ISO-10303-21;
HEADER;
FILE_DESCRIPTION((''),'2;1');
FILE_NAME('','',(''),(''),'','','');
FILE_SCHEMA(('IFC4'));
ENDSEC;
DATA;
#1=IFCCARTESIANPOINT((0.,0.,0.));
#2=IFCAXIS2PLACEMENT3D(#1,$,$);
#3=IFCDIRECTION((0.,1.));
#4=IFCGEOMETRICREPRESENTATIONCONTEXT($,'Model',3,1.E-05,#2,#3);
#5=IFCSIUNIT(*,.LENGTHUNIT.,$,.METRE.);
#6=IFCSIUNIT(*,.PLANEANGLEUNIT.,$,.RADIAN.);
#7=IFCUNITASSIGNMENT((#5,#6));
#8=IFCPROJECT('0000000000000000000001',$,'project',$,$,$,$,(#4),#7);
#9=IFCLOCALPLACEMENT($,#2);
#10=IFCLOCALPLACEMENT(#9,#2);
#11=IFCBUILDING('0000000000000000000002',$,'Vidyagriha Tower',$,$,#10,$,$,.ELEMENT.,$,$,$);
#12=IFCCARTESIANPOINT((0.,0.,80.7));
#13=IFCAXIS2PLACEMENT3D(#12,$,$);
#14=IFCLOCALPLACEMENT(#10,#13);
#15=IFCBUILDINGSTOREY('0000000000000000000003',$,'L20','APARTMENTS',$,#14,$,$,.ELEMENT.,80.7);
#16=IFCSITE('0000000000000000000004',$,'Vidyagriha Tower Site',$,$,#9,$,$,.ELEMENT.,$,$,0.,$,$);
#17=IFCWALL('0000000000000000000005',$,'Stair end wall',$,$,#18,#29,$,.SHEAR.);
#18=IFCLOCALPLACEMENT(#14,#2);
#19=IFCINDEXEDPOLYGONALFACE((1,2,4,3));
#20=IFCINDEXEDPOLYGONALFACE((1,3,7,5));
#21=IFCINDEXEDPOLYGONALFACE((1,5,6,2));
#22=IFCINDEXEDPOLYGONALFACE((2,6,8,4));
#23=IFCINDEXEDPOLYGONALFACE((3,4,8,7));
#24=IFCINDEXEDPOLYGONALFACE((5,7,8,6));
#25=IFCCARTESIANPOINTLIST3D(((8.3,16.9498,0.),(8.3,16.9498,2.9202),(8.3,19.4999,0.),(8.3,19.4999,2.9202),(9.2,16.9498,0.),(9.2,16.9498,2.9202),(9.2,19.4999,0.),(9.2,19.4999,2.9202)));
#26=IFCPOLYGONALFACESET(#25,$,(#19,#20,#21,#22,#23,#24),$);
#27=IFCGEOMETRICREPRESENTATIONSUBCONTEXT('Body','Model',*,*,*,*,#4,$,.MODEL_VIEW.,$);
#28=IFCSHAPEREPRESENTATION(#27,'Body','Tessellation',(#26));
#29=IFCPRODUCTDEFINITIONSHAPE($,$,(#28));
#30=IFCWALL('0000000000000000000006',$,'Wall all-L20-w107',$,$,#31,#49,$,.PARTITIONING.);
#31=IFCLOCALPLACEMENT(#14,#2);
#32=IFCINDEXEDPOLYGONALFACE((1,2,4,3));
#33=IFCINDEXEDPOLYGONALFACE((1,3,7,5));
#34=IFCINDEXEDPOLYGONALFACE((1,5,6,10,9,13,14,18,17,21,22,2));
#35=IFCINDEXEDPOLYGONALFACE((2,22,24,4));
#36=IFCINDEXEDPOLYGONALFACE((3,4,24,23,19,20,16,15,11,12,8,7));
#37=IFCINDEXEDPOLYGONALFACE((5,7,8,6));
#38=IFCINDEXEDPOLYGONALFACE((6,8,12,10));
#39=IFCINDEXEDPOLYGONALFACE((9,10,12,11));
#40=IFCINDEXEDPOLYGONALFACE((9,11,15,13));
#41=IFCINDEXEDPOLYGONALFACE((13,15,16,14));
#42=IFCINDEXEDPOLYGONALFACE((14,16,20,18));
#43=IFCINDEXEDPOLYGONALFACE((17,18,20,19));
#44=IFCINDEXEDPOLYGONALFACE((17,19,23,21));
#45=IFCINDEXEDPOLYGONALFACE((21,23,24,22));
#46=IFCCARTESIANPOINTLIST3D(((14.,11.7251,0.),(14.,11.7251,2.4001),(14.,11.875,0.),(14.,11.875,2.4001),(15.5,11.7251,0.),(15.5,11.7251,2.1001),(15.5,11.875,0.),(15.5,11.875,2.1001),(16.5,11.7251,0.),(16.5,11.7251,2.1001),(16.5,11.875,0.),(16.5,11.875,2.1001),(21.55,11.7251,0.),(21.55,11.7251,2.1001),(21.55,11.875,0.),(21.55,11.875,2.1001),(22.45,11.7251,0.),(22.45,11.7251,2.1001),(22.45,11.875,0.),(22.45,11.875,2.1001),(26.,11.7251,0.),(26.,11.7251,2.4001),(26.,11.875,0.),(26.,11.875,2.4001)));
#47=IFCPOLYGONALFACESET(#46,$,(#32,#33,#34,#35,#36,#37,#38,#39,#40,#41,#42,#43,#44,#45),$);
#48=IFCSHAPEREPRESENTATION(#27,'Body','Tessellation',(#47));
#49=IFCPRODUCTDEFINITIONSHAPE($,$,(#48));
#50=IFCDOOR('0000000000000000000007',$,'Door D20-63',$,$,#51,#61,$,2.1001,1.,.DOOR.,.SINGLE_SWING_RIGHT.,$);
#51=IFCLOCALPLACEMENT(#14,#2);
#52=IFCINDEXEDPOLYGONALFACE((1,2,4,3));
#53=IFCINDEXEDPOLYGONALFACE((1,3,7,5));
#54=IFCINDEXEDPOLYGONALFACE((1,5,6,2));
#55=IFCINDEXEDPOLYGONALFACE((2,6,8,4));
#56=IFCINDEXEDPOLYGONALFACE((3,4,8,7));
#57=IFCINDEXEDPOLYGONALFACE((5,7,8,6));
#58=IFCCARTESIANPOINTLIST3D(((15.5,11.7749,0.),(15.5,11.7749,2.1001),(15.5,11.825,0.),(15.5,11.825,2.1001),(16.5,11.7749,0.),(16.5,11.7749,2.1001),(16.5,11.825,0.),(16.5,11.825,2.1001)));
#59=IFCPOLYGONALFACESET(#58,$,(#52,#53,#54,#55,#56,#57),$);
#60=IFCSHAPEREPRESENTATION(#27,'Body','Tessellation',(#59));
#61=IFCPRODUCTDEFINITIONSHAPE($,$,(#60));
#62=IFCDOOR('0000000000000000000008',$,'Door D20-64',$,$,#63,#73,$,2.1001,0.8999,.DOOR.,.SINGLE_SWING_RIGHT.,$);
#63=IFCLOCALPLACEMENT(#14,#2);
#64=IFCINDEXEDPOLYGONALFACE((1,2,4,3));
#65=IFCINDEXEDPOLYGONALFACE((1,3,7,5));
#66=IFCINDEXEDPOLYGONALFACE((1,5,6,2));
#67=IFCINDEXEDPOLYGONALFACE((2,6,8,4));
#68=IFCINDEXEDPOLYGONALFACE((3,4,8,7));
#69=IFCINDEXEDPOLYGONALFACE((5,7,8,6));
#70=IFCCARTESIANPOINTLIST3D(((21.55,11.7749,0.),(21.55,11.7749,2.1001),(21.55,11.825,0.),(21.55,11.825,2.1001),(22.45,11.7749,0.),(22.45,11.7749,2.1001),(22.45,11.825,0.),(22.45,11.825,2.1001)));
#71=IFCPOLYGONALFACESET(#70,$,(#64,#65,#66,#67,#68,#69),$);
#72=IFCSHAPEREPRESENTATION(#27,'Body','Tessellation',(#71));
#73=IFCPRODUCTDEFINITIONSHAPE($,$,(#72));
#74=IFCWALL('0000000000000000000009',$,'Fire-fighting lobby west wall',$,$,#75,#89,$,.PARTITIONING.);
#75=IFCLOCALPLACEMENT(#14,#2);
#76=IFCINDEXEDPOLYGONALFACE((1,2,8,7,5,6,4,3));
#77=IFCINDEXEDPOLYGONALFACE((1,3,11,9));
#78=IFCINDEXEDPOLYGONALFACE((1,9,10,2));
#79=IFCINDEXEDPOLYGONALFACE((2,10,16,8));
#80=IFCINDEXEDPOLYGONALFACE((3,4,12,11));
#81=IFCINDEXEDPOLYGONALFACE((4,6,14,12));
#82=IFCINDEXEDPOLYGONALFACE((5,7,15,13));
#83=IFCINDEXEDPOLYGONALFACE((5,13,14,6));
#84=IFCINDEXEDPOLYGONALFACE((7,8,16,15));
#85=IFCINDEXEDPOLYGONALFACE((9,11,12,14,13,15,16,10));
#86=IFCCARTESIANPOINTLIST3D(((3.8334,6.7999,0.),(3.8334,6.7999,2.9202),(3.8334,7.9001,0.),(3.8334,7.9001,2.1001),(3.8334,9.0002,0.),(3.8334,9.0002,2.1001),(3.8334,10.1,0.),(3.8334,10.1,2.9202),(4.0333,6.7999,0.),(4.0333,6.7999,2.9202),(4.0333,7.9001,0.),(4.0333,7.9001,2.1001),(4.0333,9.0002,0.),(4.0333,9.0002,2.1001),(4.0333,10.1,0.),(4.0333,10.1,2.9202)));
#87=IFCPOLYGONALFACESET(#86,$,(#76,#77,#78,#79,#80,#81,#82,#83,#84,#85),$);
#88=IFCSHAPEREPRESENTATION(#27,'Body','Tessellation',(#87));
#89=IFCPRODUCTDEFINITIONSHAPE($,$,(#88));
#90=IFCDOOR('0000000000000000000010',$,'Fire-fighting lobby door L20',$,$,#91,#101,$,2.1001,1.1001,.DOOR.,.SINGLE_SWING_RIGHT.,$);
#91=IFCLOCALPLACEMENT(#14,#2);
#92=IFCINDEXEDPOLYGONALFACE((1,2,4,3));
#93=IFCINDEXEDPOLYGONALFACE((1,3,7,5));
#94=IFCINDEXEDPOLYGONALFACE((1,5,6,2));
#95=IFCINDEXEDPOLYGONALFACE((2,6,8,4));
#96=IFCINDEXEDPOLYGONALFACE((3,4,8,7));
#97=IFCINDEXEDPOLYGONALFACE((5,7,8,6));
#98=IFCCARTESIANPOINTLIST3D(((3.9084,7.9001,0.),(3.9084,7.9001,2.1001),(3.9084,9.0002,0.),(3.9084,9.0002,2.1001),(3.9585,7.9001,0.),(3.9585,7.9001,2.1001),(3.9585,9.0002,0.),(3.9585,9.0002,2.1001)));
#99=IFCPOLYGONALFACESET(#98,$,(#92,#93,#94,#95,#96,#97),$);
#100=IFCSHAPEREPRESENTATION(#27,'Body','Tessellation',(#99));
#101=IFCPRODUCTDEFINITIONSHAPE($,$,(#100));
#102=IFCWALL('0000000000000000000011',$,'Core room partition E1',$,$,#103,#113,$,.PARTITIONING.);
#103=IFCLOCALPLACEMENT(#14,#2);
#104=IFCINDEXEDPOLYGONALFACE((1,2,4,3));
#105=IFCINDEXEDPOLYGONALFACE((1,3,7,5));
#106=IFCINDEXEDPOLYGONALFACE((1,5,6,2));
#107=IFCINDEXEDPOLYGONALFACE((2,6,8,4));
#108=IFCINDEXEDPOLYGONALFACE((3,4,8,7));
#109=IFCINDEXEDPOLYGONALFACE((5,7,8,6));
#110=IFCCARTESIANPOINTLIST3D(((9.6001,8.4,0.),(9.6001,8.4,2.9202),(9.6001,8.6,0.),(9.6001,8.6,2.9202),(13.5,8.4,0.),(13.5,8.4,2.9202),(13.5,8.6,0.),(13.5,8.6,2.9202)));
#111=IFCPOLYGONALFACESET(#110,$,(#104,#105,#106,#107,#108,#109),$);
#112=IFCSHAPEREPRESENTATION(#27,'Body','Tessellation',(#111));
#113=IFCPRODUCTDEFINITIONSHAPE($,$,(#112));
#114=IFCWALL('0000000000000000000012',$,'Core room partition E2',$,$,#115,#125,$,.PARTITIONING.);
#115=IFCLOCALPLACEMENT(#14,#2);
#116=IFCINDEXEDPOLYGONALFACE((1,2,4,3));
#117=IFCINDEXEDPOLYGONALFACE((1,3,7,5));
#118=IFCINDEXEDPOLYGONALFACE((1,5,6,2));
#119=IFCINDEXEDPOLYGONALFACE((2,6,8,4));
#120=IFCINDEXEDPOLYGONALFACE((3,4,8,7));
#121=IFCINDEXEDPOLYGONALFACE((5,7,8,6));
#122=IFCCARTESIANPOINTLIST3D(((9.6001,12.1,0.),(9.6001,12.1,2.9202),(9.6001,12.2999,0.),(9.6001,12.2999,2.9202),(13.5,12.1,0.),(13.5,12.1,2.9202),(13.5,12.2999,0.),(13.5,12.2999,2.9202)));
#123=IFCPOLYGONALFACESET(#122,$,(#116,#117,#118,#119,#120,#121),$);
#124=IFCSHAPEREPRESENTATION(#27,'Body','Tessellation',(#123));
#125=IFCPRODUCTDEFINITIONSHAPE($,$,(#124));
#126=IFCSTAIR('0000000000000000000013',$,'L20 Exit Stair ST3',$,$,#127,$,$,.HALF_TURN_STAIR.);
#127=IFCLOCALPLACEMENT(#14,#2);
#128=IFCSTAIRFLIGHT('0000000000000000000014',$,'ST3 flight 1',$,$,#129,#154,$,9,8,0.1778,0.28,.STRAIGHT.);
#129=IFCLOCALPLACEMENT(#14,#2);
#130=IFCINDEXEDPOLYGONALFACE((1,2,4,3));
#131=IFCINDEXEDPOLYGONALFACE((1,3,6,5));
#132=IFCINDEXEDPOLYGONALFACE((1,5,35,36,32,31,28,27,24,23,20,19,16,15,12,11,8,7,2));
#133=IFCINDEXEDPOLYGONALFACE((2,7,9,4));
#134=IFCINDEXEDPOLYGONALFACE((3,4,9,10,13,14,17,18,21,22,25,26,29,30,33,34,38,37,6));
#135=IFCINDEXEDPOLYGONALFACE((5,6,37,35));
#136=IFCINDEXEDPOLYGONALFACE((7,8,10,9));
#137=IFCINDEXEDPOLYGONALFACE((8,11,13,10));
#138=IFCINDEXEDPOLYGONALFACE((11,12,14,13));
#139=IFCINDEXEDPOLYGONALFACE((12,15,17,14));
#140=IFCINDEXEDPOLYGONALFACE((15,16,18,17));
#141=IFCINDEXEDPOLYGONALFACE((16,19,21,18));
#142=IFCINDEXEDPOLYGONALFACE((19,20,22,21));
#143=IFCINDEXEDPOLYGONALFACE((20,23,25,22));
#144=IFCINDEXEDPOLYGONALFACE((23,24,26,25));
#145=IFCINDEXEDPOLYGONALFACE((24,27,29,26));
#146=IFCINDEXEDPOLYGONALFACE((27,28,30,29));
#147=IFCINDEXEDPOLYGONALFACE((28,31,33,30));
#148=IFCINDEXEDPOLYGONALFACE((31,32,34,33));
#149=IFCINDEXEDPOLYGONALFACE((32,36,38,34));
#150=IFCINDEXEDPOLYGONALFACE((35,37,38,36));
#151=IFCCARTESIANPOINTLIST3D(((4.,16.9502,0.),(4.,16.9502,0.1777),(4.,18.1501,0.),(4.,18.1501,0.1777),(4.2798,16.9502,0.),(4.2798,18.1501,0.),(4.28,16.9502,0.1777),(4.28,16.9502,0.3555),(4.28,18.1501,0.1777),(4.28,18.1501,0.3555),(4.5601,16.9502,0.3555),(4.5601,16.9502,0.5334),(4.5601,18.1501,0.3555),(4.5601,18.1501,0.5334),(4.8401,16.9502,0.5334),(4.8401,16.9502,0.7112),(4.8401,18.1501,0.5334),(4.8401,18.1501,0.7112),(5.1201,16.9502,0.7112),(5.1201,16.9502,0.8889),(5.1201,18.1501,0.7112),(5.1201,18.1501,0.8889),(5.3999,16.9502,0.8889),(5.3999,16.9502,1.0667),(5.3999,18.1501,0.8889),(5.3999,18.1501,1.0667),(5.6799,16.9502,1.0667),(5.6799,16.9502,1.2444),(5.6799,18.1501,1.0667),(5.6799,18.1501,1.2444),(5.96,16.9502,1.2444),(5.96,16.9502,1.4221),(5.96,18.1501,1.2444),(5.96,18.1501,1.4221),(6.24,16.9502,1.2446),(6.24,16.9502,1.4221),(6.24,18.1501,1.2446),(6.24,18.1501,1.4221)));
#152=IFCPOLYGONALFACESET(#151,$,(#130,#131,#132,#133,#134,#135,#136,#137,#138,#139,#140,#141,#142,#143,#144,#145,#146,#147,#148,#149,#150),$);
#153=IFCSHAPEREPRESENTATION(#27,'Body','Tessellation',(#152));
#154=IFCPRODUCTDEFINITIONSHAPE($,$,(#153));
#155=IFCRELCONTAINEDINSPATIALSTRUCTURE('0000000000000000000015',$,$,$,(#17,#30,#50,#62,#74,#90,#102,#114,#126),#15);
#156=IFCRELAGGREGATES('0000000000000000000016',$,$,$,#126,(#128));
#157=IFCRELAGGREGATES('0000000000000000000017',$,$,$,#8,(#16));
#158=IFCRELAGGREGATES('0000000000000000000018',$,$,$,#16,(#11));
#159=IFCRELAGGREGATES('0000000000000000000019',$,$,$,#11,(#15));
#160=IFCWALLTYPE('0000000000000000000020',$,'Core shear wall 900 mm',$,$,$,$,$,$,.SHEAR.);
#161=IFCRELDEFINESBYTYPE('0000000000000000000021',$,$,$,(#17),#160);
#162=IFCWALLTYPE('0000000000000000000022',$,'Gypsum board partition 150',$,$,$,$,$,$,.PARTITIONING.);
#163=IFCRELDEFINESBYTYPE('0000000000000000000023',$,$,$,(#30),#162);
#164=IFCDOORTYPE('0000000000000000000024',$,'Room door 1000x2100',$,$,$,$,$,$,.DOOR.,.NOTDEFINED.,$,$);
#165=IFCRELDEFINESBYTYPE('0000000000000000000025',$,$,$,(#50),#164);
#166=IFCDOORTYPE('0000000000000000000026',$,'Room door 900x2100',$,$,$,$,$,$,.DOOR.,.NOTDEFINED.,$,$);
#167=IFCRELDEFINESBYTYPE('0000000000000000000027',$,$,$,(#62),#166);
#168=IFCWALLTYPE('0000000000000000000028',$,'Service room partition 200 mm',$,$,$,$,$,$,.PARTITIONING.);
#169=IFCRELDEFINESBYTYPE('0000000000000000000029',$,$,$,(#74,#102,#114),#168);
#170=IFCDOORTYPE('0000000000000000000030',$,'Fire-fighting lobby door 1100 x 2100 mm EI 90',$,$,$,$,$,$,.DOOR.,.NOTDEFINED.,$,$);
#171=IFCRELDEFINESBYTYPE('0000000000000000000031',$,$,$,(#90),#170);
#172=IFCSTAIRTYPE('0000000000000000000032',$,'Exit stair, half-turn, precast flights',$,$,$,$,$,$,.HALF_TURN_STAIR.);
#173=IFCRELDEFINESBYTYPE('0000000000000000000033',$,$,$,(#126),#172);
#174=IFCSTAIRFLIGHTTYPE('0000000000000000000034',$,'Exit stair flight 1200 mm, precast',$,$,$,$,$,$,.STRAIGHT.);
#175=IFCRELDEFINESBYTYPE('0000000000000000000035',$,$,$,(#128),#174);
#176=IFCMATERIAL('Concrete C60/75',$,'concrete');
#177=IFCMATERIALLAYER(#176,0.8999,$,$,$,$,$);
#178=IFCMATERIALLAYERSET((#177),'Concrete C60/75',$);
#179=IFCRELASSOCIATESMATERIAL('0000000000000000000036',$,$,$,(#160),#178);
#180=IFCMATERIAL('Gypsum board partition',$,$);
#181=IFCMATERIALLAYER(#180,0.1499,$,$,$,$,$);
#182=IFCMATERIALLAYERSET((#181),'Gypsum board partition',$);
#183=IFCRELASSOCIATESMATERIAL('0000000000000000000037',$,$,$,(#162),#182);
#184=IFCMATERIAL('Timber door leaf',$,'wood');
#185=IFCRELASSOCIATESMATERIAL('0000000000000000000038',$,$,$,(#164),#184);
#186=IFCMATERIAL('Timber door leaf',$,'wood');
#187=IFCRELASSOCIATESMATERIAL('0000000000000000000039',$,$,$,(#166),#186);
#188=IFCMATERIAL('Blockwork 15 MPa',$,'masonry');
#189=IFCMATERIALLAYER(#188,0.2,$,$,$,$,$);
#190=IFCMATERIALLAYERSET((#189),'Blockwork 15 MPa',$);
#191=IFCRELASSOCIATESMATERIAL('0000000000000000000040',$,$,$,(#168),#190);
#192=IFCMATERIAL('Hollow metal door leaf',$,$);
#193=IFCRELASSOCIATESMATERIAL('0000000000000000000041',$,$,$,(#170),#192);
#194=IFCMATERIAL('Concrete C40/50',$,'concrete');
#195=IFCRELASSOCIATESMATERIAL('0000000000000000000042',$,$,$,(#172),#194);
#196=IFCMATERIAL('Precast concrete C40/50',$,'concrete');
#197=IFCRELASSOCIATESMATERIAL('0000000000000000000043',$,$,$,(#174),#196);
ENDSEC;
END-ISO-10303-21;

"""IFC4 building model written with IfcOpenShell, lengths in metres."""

from ifc_helpers import new_model, si_unit, direction, frame, frame_2d, origin, place, context, subcontext, project, spatial, polyline, rectangle, outline, extrude, material, layer, layer_set, type_object, element, fill, aggregate, save


model = new_model("IFC4")

# Units and contexts
model_context = context("Model", 3, precision=1e-05, world=origin(), true_north=direction((0.0, 1.0)))
body_context = subcontext(model_context, "Body", "Model", "MODEL_VIEW")
ifc_project = project(units=[si_unit("LENGTHUNIT", "METRE"), si_unit("PLANEANGLEUNIT", "RADIAN")], contexts=[model_context])

# Site, building, storey
site_placement = place(None, origin())
site = spatial("IfcSite", under=ifc_project, at=site_placement, Name="Vidyagriha Tower Site", CompositionType="ELEMENT", RefElevation=0.0)
building_placement = place(site_placement, origin())
building = spatial("IfcBuilding", under=site, at=building_placement, Name="Vidyagriha Tower", CompositionType="ELEMENT")
storey_placement = place(building_placement, frame((0.0, 0.0, 80.7)))
storey = spatial("IfcBuildingStorey", under=building, at=storey_placement, Name="L20", Description="APARTMENTS", CompositionType="ELEMENT", Elevation=80.7)

# Wall
ifc_material_1 = material(Name="Concrete C60/75", Category="concrete")
ifc_layer_1 = layer(ifc_material_1, 0.8999)
ifc_layer_set_1 = layer_set([ifc_layer_1], Name="Concrete C60/75")
wall_type_1 = type_object("IfcWallType", Name="Core shear wall 900 mm", PredefinedType="SHEAR", material=ifc_layer_set_1)
wall_1_placement = place(storey_placement, frame((8.75, 16.95, 0.0), z_axis=(0.0, 0.0, 1.0), x_axis=(0.0, 1.0, 0.0)))
element("IfcWall", 1, at=wall_1_placement, inside=storey, type_object=wall_type_1, Name="Stair end wall", PredefinedType="SHEAR", context=body_context, shape_type="SweptSolid", body=[
    extrude(rectangle(XDim=2.55, YDim=0.8999, at=frame_2d((1.2749, 0.0))), origin(), (0.0, 0.0, 1.0), 2.9202),
])

# Wall, openings, doors
ifc_material_2 = material(Name="Gypsum board partition")
ifc_layer_2 = layer(ifc_material_2, 0.1499)
ifc_layer_set_2 = layer_set([ifc_layer_2], Name="Gypsum board partition")
wall_type_2 = type_object("IfcWallType", Name="Gypsum board partition 150", PredefinedType="PARTITIONING", material=ifc_layer_set_2)
wall_2_placement = place(storey_placement, frame((14.0, 11.8, 0.0)))
wall_2 = element("IfcWall", 2, at=wall_2_placement, inside=storey, type_object=wall_type_2, Name="Wall all-L20-w107", PredefinedType="PARTITIONING", context=body_context, shape_type="SweptSolid", body=[
    extrude(rectangle(XDim=12.0, YDim=0.1499, at=frame_2d((6.0, 0.0))), origin(), (0.0, 0.0, 1.0), 2.4001),
])
opening_1_placement = place(wall_2_placement, frame((1.5, 0.0, 0.0)))
opening_1 = element("IfcOpeningElement", 3, at=opening_1_placement, cuts=wall_2, PredefinedType="OPENING", context=body_context, shape_type="SweptSolid", body=[
    extrude(rectangle(XDim=1.0, YDim=2.1001, at=frame_2d((0.5, 1.05))), frame((0.0, 0.085, 0.0), z_axis=(0.0, -1.0, 0.0), x_axis=(1.0, 0.0, 0.0)), (0.0, 0.0, 1.0), 0.1699),
])
opening_2_placement = place(wall_2_placement, frame((7.55, 0.0, 0.0)))
opening_2 = element("IfcOpeningElement", 4, at=opening_2_placement, cuts=wall_2, PredefinedType="OPENING", context=body_context, shape_type="SweptSolid", body=[
    extrude(rectangle(XDim=0.8999, YDim=2.1001, at=frame_2d((0.45, 1.05))), frame((0.0, 0.085, 0.0), z_axis=(0.0, -1.0, 0.0), x_axis=(1.0, 0.0, 0.0)), (0.0, 0.0, 1.0), 0.1699),
])
ifc_material_3 = material(Name="Timber door leaf", Category="wood")
door_type_1 = type_object("IfcDoorType", Name="Room door 1000x2100", OperationType="NOTDEFINED", PredefinedType="DOOR", material=ifc_material_3)
door_1_placement = place(opening_1_placement, origin())
door_1 = element("IfcDoor", 5, at=door_1_placement, inside=storey, type_object=door_type_1, Name="Door D20-63", OperationType="SINGLE_SWING_RIGHT", OverallHeight=2.1001, OverallWidth=1.0, PredefinedType="DOOR", context=body_context, shape_type="SweptSolid", body=[
    extrude(rectangle(XDim=1.0, YDim=2.1001, at=frame_2d((0.5, 1.05))), frame((0.0, 0.0249, 0.0), z_axis=(0.0, -1.0, 0.0), x_axis=(1.0, 0.0, 0.0)), (0.0, 0.0, 1.0), 0.05),
])
fill(opening_1, door_1)
ifc_material_4 = material(Name="Timber door leaf", Category="wood")
door_type_2 = type_object("IfcDoorType", Name="Room door 900x2100", OperationType="NOTDEFINED", PredefinedType="DOOR", material=ifc_material_4)
door_2_placement = place(opening_2_placement, origin())
door_2 = element("IfcDoor", 6, at=door_2_placement, inside=storey, type_object=door_type_2, Name="Door D20-64", OperationType="SINGLE_SWING_RIGHT", OverallHeight=2.1001, OverallWidth=0.8999, PredefinedType="DOOR", context=body_context, shape_type="SweptSolid", body=[
    extrude(rectangle(XDim=0.8999, YDim=2.1001, at=frame_2d((0.45, 1.05))), frame((0.0, 0.0249, 0.0), z_axis=(0.0, -1.0, 0.0), x_axis=(1.0, 0.0, 0.0)), (0.0, 0.0, 1.0), 0.05),
])
fill(opening_2, door_2)

# Wall, opening, door
ifc_material_5 = material(Name="Blockwork 15 MPa", Category="masonry")
ifc_layer_3 = layer(ifc_material_5, 0.2)
ifc_layer_set_3 = layer_set([ifc_layer_3], Name="Blockwork 15 MPa")
wall_type_3 = type_object("IfcWallType", Name="Service room partition 200 mm", PredefinedType="PARTITIONING", material=ifc_layer_set_3)
wall_3_placement = place(storey_placement, frame((3.9333, 6.8, 0.0), z_axis=(0.0, 0.0, 1.0), x_axis=(0.0, 1.0, 0.0)))
wall_3 = element("IfcWall", 7, at=wall_3_placement, inside=storey, type_object=wall_type_3, Name="Fire-fighting lobby west wall", PredefinedType="PARTITIONING", context=body_context, shape_type="SweptSolid", body=[
    extrude(rectangle(XDim=3.3, YDim=0.2, at=frame_2d((1.6499, 0.0))), origin(), (0.0, 0.0, 1.0), 2.9202),
])
opening_3_placement = place(wall_3_placement, frame((1.1001, 0.0, 0.0)))
opening_3 = element("IfcOpeningElement", 8, at=opening_3_placement, cuts=wall_3, PredefinedType="OPENING", context=body_context, shape_type="SweptSolid", body=[
    extrude(rectangle(XDim=1.1001, YDim=2.1001, at=frame_2d((0.55, 1.05))), frame((0.0, 0.1099, 0.0), z_axis=(0.0, -1.0, 0.0), x_axis=(1.0, 0.0, 0.0)), (0.0, 0.0, 1.0), 0.22),
])
ifc_material_6 = material(Name="Hollow metal door leaf")
door_type_3 = type_object("IfcDoorType", Name="Fire-fighting lobby door 1100 x 2100 mm EI 90", OperationType="NOTDEFINED", PredefinedType="DOOR", material=ifc_material_6)
door_3_placement = place(opening_3_placement, origin())
door_3 = element("IfcDoor", 9, at=door_3_placement, inside=storey, type_object=door_type_3, Name="Fire-fighting lobby door L20", OperationType="SINGLE_SWING_RIGHT", OverallHeight=2.1001, OverallWidth=1.1001, PredefinedType="DOOR", context=body_context, shape_type="SweptSolid", body=[
    extrude(rectangle(XDim=1.1001, YDim=2.1001, at=frame_2d((0.55, 1.05))), frame((0.0, 0.0249, 0.0), z_axis=(0.0, -1.0, 0.0), x_axis=(1.0, 0.0, 0.0)), (0.0, 0.0, 1.0), 0.05),
])
fill(opening_3, door_3)

# Walls
for number, where, name in (
    (10, (9.6001, 8.5, 0.0), "Core room partition E1"),
    (11, (9.6001, 12.2, 0.0), "Core room partition E2"),
):
    element("IfcWall", number, at=place(storey_placement, frame(where)), inside=storey, type_object=wall_type_3, Name=name, PredefinedType="PARTITIONING", context=body_context, shape_type="SweptSolid", body=[
        extrude(rectangle(XDim=3.8999, YDim=0.2, at=frame_2d((1.95, 0.0))), origin(), (0.0, 0.0, 1.0), 2.9202),
    ])

# Stair, stair flight
ifc_material_7 = material(Name="Concrete C40/50", Category="concrete")
stair_type = type_object("IfcStairType", Name="Exit stair, half-turn, precast flights", PredefinedType="HALF_TURN_STAIR", material=ifc_material_7)
stair_placement = place(storey_placement, origin())
stair = element("IfcStair", 12, at=stair_placement, inside=storey, type_object=stair_type, Name="L20 Exit Stair ST3", PredefinedType="HALF_TURN_STAIR")
ifc_material_8 = material(Name="Precast concrete C40/50", Category="concrete")
stair_flight_type = type_object("IfcStairFlightType", Name="Exit stair flight 1200 mm, precast", PredefinedType="STRAIGHT", material=ifc_material_8)
stair_flight_1_placement = place(storey_placement, frame((4.0, 17.55, 0.0)))
stair_flight_1 = element("IfcStairFlight", 13, at=stair_flight_1_placement, type_object=stair_flight_type, Name="ST3 flight 1", NumberOfRisers=9, NumberOfTreads=8, PredefinedType="STRAIGHT", RiserHeight=0.1778, TreadLength=0.28, context=body_context, shape_type="SweptSolid", body=[
    extrude(outline(polyline([(0.0, 0.0), (0.0, 0.1777), (0.28, 0.1777), (0.28, 0.3555), (0.5601, 0.3555), (0.5601, 0.5334), (0.8401, 0.5334), (0.8401, 0.7112), (1.1201, 0.7112), (1.1201, 0.8889), (1.3999, 0.8889), (1.3999, 1.0667), (1.6799, 1.0667), (1.6799, 1.2444), (1.96, 1.2444), (1.96, 1.4221), (2.24, 1.4221), (2.24, 1.6001), (2.24, 1.2446), (0.2798, 0.0), (0.0, 0.0)])), frame((0.0, 0.6001, 0.0), z_axis=(0.0, -1.0, 0.0), x_axis=(1.0, 0.0, 0.0)), (0.0, 0.0, 1.0), 1.2),
])
aggregate(stair, [stair_flight_1])

save(model, "model.ifc")
